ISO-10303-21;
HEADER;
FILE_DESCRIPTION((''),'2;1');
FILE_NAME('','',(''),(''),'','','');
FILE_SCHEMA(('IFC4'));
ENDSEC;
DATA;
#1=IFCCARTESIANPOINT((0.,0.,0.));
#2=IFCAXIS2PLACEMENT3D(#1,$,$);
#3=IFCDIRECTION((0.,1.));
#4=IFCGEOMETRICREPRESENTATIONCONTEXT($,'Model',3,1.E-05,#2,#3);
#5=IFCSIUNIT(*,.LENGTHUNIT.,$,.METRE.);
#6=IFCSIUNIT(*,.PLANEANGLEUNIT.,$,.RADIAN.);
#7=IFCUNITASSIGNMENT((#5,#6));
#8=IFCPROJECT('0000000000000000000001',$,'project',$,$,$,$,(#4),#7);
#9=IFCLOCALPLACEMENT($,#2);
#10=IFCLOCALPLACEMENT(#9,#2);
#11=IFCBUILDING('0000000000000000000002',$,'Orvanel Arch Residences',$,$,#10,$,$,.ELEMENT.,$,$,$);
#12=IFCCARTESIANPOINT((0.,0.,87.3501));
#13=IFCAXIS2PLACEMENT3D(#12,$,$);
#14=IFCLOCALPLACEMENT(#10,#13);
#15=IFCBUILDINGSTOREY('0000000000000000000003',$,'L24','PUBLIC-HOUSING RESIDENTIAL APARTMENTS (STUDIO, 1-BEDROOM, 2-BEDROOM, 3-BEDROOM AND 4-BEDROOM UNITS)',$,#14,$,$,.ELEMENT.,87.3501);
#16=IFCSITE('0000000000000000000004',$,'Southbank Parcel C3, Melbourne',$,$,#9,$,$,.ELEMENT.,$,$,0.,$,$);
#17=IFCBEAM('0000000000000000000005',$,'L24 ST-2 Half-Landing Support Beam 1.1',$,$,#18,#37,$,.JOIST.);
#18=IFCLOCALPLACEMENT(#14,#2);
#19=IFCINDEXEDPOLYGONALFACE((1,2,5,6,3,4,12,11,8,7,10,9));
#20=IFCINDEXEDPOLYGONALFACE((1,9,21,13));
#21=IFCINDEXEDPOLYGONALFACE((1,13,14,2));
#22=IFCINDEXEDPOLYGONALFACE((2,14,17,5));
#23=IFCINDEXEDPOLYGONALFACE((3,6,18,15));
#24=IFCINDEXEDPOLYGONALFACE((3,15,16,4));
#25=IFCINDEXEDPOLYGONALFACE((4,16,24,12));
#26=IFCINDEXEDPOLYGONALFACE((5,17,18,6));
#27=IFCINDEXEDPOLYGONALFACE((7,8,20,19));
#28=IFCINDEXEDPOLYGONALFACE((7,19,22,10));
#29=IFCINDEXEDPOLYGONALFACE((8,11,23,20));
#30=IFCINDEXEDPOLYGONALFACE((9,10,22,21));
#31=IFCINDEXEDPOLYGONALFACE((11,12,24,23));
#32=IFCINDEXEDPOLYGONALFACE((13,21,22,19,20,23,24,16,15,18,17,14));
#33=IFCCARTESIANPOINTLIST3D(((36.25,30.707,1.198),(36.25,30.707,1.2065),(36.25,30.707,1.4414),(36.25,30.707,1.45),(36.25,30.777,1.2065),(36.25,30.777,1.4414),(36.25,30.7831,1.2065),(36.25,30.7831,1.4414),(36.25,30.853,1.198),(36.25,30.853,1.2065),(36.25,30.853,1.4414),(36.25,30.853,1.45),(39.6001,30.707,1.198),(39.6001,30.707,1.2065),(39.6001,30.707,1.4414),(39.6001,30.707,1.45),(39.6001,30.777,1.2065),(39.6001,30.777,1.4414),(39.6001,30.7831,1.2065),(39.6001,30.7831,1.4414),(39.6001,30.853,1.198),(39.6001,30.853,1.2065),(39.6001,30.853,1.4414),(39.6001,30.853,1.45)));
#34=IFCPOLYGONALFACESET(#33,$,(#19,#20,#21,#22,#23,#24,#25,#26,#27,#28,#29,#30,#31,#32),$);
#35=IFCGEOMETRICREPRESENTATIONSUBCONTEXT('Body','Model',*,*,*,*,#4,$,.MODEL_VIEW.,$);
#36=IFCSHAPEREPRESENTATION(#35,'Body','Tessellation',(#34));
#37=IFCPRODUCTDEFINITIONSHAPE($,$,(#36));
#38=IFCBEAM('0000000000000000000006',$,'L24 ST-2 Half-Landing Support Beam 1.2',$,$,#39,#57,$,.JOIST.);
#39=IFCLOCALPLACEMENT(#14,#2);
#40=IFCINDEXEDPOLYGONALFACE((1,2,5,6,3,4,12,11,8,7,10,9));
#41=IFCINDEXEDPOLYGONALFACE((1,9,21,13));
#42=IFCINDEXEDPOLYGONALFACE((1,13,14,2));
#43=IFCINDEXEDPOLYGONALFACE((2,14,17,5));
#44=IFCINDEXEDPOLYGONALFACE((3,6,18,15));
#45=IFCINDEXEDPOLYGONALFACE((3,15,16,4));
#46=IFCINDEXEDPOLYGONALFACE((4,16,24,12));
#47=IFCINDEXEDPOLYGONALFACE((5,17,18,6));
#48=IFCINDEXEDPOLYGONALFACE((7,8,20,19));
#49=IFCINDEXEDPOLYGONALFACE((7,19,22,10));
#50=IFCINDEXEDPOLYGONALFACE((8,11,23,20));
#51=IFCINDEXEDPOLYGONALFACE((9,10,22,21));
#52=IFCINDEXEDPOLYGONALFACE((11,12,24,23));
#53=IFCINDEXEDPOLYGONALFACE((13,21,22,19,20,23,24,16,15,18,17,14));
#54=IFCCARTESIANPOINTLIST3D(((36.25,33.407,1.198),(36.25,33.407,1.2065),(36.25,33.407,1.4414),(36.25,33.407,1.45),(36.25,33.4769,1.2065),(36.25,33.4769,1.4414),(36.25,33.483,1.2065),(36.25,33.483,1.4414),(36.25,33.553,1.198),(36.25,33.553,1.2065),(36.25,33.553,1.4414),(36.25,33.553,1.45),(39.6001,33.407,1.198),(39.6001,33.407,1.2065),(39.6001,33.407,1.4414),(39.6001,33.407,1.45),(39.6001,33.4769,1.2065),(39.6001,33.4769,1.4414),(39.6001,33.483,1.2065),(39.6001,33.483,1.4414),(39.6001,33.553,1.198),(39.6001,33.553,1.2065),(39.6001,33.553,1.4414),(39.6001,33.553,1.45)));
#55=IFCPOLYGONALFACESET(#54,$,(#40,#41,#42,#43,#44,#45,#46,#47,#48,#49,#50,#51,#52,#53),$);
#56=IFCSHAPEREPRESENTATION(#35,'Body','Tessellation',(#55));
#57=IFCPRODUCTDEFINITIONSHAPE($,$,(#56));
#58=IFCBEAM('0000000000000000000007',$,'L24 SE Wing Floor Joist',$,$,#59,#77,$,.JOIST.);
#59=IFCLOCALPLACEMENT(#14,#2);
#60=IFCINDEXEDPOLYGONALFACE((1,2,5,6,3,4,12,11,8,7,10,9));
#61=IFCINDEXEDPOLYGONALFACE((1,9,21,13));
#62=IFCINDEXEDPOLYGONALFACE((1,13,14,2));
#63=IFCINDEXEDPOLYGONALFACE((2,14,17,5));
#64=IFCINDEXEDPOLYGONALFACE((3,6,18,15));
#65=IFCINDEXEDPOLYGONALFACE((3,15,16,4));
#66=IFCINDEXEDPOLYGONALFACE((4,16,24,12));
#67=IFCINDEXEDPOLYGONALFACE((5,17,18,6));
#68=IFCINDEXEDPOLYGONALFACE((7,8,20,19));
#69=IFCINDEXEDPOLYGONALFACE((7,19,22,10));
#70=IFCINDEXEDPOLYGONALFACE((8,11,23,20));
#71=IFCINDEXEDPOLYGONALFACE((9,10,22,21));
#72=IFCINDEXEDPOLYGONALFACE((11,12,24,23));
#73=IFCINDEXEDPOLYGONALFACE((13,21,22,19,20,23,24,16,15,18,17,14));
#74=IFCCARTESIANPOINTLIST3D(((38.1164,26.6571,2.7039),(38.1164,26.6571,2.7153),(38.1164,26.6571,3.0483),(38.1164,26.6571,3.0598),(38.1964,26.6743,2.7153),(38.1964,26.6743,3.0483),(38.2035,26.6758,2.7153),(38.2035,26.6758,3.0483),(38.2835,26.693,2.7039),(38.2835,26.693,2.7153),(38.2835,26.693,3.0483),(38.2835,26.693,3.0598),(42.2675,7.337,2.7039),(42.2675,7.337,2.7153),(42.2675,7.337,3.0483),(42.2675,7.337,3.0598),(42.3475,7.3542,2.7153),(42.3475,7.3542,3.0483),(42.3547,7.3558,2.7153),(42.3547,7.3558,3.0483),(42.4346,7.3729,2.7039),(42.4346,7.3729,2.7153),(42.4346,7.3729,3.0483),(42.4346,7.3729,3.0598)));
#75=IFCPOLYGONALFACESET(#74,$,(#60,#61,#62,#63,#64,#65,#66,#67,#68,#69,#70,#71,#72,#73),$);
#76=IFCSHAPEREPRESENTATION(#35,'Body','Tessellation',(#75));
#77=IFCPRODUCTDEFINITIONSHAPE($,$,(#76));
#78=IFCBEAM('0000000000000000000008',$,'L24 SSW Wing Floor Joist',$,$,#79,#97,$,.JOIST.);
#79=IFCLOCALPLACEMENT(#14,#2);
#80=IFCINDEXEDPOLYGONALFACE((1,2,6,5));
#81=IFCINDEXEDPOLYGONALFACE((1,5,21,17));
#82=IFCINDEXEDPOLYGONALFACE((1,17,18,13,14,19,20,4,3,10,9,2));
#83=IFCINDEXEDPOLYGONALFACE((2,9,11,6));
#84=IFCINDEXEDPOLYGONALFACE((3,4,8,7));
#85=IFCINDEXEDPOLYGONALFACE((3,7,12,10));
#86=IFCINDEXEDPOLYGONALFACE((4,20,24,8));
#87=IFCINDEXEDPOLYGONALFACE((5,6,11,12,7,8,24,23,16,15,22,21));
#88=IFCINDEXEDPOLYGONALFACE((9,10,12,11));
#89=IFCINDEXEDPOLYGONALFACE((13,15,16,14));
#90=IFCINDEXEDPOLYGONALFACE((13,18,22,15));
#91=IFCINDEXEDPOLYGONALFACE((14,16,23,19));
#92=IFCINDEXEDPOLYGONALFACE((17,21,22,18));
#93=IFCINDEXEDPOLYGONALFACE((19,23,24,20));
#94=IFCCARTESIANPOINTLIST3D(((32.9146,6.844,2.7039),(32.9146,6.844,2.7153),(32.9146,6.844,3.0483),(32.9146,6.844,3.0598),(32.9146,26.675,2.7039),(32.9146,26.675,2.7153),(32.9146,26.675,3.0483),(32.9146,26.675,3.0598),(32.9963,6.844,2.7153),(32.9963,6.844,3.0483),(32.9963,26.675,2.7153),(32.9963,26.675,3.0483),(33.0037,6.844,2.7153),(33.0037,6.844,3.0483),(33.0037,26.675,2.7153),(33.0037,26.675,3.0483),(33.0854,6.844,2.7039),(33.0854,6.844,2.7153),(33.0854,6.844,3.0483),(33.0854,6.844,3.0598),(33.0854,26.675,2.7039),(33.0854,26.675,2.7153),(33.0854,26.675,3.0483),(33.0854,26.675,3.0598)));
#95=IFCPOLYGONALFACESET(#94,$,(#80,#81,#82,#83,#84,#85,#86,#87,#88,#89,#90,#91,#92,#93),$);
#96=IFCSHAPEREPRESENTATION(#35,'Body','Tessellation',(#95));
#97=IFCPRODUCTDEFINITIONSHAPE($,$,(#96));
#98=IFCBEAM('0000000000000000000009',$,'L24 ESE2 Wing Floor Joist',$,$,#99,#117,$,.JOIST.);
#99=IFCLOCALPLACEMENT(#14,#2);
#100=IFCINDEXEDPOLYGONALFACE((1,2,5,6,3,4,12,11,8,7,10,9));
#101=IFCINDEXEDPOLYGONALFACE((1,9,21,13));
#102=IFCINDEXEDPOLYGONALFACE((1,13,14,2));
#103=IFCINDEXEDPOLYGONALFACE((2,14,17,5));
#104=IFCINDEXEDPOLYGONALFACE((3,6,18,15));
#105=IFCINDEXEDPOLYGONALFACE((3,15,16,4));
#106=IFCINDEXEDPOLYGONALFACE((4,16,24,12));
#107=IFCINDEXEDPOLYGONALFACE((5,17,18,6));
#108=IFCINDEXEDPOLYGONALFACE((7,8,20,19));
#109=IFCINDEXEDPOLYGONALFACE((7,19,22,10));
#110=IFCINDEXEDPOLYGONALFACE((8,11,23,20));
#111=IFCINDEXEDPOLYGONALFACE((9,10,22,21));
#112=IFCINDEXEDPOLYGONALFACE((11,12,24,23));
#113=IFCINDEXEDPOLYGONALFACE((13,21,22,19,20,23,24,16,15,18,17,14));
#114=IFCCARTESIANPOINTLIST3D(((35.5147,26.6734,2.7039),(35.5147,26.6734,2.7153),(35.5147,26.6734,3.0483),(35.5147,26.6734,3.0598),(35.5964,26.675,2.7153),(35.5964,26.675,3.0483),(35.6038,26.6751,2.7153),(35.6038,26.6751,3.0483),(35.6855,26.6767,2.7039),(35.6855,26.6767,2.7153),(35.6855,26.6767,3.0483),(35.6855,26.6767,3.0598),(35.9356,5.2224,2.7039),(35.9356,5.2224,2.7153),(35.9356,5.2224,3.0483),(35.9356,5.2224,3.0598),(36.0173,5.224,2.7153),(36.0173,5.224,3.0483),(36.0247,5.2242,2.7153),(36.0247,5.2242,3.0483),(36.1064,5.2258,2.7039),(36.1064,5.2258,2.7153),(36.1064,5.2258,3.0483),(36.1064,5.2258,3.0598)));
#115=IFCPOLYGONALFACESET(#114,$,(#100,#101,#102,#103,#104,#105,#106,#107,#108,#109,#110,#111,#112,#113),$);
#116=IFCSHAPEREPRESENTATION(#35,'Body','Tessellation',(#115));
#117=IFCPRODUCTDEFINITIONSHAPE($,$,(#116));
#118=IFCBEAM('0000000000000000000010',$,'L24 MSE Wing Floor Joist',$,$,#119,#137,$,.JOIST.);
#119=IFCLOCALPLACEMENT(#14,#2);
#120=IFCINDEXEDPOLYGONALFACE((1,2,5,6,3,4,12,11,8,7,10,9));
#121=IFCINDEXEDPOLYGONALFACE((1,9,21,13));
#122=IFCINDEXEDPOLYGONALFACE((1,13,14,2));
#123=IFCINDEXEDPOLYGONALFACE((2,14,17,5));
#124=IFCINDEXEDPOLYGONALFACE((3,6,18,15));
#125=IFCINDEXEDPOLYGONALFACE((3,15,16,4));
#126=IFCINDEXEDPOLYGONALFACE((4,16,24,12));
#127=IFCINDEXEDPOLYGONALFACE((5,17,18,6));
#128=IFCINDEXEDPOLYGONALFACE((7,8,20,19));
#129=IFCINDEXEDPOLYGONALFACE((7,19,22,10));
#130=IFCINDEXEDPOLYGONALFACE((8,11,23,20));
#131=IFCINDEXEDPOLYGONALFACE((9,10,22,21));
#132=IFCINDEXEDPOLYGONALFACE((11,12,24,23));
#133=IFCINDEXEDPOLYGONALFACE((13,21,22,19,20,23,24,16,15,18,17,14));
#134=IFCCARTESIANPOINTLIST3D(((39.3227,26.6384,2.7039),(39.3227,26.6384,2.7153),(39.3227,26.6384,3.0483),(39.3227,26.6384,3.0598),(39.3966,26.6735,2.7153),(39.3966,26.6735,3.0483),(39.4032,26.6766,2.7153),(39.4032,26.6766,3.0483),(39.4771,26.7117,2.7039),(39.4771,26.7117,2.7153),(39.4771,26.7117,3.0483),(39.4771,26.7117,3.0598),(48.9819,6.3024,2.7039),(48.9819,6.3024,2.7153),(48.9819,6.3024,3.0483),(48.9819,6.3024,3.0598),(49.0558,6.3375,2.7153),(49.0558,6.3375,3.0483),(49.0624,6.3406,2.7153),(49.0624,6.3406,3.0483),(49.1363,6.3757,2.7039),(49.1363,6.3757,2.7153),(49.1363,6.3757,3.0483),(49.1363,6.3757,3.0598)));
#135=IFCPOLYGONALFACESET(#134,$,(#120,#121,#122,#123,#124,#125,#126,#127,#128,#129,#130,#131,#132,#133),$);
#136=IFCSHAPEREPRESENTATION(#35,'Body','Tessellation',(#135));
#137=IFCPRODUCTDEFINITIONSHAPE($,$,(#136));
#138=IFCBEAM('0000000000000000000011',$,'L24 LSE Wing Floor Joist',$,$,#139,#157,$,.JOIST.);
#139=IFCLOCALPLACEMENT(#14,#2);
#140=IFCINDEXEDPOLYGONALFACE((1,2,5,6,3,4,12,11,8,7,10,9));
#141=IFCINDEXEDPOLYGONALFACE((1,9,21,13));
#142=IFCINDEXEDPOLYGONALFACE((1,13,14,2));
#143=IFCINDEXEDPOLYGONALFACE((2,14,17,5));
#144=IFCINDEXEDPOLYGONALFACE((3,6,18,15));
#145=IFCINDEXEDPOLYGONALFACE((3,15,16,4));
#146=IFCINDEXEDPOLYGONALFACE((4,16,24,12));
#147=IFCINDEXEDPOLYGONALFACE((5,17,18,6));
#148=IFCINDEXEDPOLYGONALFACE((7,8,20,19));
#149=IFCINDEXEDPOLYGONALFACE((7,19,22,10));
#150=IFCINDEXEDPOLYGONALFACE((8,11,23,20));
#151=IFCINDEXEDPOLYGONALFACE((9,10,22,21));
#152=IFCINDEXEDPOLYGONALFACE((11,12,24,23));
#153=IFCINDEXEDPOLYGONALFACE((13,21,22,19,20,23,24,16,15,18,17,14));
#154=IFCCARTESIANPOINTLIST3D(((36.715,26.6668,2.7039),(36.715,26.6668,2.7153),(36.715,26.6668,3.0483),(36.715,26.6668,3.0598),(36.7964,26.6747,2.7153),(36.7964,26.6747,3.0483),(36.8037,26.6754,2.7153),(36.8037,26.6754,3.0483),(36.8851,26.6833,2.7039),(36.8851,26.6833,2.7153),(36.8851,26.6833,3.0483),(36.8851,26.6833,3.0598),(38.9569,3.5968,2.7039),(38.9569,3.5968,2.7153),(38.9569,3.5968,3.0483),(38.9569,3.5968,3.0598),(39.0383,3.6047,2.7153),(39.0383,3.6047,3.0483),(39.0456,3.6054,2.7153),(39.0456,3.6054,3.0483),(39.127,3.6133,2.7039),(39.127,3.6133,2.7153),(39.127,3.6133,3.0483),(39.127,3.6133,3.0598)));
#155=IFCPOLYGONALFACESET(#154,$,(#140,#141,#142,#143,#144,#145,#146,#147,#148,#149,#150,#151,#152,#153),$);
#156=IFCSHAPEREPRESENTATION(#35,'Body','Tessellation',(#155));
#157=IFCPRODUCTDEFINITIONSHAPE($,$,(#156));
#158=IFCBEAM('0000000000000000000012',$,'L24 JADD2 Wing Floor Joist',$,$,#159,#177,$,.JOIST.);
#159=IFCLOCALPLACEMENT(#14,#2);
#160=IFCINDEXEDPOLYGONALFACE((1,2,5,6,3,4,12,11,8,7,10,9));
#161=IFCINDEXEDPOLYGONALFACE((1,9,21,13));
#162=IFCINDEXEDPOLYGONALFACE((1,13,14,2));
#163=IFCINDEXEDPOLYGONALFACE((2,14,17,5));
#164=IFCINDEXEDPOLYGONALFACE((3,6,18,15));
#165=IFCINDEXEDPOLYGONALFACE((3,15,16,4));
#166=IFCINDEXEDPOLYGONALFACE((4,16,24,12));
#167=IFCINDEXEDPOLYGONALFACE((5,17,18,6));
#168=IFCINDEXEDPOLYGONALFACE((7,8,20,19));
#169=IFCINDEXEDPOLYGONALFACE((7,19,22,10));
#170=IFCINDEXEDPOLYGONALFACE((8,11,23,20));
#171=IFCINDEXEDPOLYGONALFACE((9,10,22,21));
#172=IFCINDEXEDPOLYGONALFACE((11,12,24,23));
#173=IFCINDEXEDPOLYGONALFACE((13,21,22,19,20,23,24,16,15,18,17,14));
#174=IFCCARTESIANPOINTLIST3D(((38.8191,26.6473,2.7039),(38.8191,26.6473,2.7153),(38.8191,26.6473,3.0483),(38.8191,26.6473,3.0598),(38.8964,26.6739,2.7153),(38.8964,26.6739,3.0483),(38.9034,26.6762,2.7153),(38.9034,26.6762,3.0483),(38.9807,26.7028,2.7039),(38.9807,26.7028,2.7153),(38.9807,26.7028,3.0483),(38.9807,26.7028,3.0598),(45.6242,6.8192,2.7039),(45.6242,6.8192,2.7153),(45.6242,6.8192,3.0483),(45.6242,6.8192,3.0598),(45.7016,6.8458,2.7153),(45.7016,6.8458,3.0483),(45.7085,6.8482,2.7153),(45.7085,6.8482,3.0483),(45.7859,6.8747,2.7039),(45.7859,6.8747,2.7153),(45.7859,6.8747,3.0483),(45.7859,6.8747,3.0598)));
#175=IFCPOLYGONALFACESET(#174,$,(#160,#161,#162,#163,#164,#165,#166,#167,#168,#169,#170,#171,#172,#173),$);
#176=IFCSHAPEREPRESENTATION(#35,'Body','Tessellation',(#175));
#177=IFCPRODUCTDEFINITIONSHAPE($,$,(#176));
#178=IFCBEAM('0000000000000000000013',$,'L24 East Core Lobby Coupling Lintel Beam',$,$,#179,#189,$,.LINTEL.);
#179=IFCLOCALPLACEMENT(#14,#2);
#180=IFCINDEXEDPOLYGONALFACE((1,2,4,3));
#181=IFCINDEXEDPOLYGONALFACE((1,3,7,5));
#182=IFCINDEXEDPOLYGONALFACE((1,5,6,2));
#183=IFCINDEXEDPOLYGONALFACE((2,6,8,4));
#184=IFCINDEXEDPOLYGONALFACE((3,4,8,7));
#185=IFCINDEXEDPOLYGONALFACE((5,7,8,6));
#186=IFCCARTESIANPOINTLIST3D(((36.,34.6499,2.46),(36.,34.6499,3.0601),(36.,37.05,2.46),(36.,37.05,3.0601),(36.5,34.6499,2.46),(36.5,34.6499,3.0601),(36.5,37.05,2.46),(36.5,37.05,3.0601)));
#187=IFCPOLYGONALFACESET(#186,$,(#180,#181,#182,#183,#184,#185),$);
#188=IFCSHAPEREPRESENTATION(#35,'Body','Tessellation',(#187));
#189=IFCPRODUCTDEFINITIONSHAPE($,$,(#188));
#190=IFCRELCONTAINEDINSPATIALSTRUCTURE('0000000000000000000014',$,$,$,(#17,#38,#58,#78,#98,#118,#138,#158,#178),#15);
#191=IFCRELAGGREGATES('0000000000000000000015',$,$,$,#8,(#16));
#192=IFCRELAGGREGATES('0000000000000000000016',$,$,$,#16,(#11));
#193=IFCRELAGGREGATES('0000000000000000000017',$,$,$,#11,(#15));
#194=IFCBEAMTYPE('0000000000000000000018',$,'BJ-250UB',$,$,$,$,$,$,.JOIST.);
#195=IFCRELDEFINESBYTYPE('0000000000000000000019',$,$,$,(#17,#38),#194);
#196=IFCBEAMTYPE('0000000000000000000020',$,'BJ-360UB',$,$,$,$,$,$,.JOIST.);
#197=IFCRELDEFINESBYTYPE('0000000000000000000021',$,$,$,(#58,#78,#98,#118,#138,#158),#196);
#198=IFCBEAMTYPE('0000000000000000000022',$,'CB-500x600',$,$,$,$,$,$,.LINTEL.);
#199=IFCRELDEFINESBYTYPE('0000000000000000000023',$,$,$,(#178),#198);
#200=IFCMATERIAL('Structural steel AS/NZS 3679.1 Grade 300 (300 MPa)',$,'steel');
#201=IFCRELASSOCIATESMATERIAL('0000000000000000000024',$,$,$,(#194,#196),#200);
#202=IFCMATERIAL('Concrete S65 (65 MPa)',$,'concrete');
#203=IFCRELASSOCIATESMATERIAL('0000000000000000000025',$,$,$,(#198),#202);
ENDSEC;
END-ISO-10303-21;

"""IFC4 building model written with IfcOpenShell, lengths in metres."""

from ifc_helpers import new_model, si_unit, direction, frame, origin, origin_2d, place, context, subcontext, project, spatial, rectangle, i_section, extrude, material, material_profile, profile_set, type_object, element, save


model = new_model("IFC4")

# Units and contexts
model_context = context("Model", 3, precision=1e-05, world=origin(), true_north=direction((0.0, 1.0)))
body_context = subcontext(model_context, "Body", "Model", "MODEL_VIEW")
ifc_project = project(units=[si_unit("LENGTHUNIT", "METRE"), si_unit("PLANEANGLEUNIT", "RADIAN")], contexts=[model_context])

# Site, building, storey
site_placement = place(None, origin())
site = spatial("IfcSite", under=ifc_project, at=site_placement, Name="Southbank Parcel C3, Melbourne", CompositionType="ELEMENT", RefElevation=0.0)
building_placement = place(site_placement, origin())
building = spatial("IfcBuilding", under=site, at=building_placement, Name="Orvanel Arch Residences", CompositionType="ELEMENT")
storey_placement = place(building_placement, frame((0.0, 0.0, 87.3501)))
storey = spatial("IfcBuildingStorey", under=building, at=storey_placement, Name="L24", Description="PUBLIC-HOUSING RESIDENTIAL APARTMENTS (STUDIO, 1-BEDROOM, 2-BEDROOM, 3-BEDROOM AND 4-BEDROOM UNITS)", CompositionType="ELEMENT", Elevation=87.3501)

# Beams
ifc_material_1 = material(Name="Structural steel AS/NZS 3679.1 Grade 300 (300 MPa)", Category="steel")
ifc_material_profile_1 = material_profile(ifc_material_1, i_section(OverallWidth=0.146, OverallDepth=0.252, WebThickness=0.0061, FlangeThickness=0.0085, at=origin_2d()), Name="250UB31.4")
ifc_profile_set_1 = profile_set([ifc_material_profile_1], Name="Structural steel AS/NZS 3679.1 Grade 300 (300 MPa)")
beam_type_1 = type_object("IfcBeamType", Name="BJ-250UB", PredefinedType="JOIST", material=ifc_profile_set_1)
for number, where, z_axis, x_axis, name in (
    (1, (36.25, 30.78, 1.324), (1.0, 0.0, 0.0), (0.0, 1.0, 0.0), "L24 ST-2 Half-Landing Support Beam 1.1"),
    (2, (36.25, 33.48, 1.324), (1.0, 0.0, 0.0), (0.0, 1.0, 0.0), "L24 ST-2 Half-Landing Support Beam 1.2"),
):
    element("IfcBeam", number, at=place(storey_placement, frame(where, z_axis=z_axis, x_axis=x_axis)), inside=storey, type_object=beam_type_1, Name=name, PredefinedType="JOIST", context=body_context, shape_type="SweptSolid", body=[
        extrude(i_section(OverallWidth=0.146, OverallDepth=0.252, WebThickness=0.0061, FlangeThickness=0.0085, at=origin_2d()), origin(), (0.0, 0.0, 1.0), 3.3501),
    ])
ifc_material_profile_2 = material_profile(ifc_material_1, i_section(OverallWidth=0.1709, OverallDepth=0.356, WebThickness=0.0073, FlangeThickness=0.0115, at=origin_2d()), Name="360UB50.7")
ifc_profile_set_2 = profile_set([ifc_material_profile_2], Name="Structural steel AS/NZS 3679.1 Grade 300 (300 MPa)")
beam_type_2 = type_object("IfcBeamType", Name="BJ-360UB", PredefinedType="JOIST", material=ifc_profile_set_2)
beam_1_placement = place(storey_placement, frame((38.2, 26.675, 2.8818), z_axis=(0.210067, -0.977687, 0.0), x_axis=(0.977687, 0.210067, 0.0)))
element("IfcBeam", 3, at=beam_1_placement, inside=storey, type_object=beam_type_2, Name="L24 SE Wing Floor Joist", PredefinedType="JOIST", context=body_context, shape_type="SweptSolid", body=[
    extrude(i_section(OverallWidth=0.1709, OverallDepth=0.356, WebThickness=0.0073, FlangeThickness=0.0115, at=origin_2d()), origin(), (0.0, 0.0, 1.0), 19.761),
])
beam_2_placement = place(storey_placement, frame((33.0, 26.675, 2.8818), z_axis=(0.0, -1.0, 0.0), x_axis=(1.0, 0.0, 0.0)))
element("IfcBeam", 4, at=beam_2_placement, inside=storey, type_object=beam_type_2, Name="L24 SSW Wing Floor Joist", PredefinedType="JOIST", context=body_context, shape_type="SweptSolid", body=[
    extrude(i_section(OverallWidth=0.1709, OverallDepth=0.356, WebThickness=0.0073, FlangeThickness=0.0115, at=origin_2d()), origin(), (0.0, 0.0, 1.0), 19.8311),
])
beam_3_placement = place(storey_placement, frame((35.6001, 26.675, 2.8818), z_axis=(0.019618, -0.999808, 0.0), x_axis=(0.999808, 0.019618, 0.0)))
element("IfcBeam", 5, at=beam_3_placement, inside=storey, type_object=beam_type_2, Name="L24 ESE2 Wing Floor Joist", PredefinedType="JOIST", context=body_context, shape_type="SweptSolid", body=[
    extrude(i_section(OverallWidth=0.1709, OverallDepth=0.356, WebThickness=0.0073, FlangeThickness=0.0115, at=origin_2d()), origin(), (0.0, 0.0, 1.0), 21.4551),
])
beam_4_placement = place(storey_placement, frame((39.3999, 26.675, 2.8818), z_axis=(0.429043, -0.903284, 0.0), x_axis=(0.903284, 0.429043, 0.0)))
element("IfcBeam", 6, at=beam_4_placement, inside=storey, type_object=beam_type_2, Name="L24 MSE Wing Floor Joist", PredefinedType="JOIST", context=body_context, shape_type="SweptSolid", body=[
    extrude(i_section(OverallWidth=0.1709, OverallDepth=0.356, WebThickness=0.0073, FlangeThickness=0.0115, at=origin_2d()), origin(), (0.0, 0.0, 1.0), 22.5134),
])
beam_5_placement = place(storey_placement, frame((36.8, 26.675, 2.8818), z_axis=(0.096724, -0.995311, 0.0), x_axis=(0.995311, 0.096724, 0.0)))
element("IfcBeam", 7, at=beam_5_placement, inside=storey, type_object=beam_type_2, Name="L24 LSE Wing Floor Joist", PredefinedType="JOIST", context=body_context, shape_type="SweptSolid", body=[
    extrude(i_section(OverallWidth=0.1709, OverallDepth=0.356, WebThickness=0.0073, FlangeThickness=0.0115, at=origin_2d()), origin(), (0.0, 0.0, 1.0), 23.1787),
])
beam_6_placement = place(storey_placement, frame((38.8999, 26.675, 2.8818), z_axis=(0.324621, -0.945844, 0.0), x_axis=(0.945844, 0.324621, 0.0)))
element("IfcBeam", 8, at=beam_6_placement, inside=storey, type_object=beam_type_2, Name="L24 JADD2 Wing Floor Joist", PredefinedType="JOIST", context=body_context, shape_type="SweptSolid", body=[
    extrude(i_section(OverallWidth=0.1709, OverallDepth=0.356, WebThickness=0.0073, FlangeThickness=0.0115, at=origin_2d()), origin(), (0.0, 0.0, 1.0), 20.9634),
])
ifc_material_2 = material(Name="Concrete S65 (65 MPa)", Category="concrete")
ifc_material_profile_3 = material_profile(ifc_material_2, rectangle(XDim=0.5, YDim=0.6001, at=origin_2d()), Name="RC500x600")
ifc_profile_set_3 = profile_set([ifc_material_profile_3], Name="Concrete S65 (65 MPa)")
beam_type_3 = type_object("IfcBeamType", Name="CB-500x600", PredefinedType="LINTEL", material=ifc_profile_set_3)
beam_7_placement = place(storey_placement, frame((36.25, 34.6499, 2.76), z_axis=(0.0, 1.0, 0.0), x_axis=(-1.0, 0.0, 0.0)))
element("IfcBeam", 9, at=beam_7_placement, inside=storey, type_object=beam_type_3, Name="L24 East Core Lobby Coupling Lintel Beam", PredefinedType="LINTEL", context=body_context, shape_type="SweptSolid", body=[
    extrude(rectangle(XDim=0.5, YDim=0.6001, at=origin_2d()), origin(), (0.0, 0.0, 1.0), 2.4001),
])

save(model, "model.ifc")
